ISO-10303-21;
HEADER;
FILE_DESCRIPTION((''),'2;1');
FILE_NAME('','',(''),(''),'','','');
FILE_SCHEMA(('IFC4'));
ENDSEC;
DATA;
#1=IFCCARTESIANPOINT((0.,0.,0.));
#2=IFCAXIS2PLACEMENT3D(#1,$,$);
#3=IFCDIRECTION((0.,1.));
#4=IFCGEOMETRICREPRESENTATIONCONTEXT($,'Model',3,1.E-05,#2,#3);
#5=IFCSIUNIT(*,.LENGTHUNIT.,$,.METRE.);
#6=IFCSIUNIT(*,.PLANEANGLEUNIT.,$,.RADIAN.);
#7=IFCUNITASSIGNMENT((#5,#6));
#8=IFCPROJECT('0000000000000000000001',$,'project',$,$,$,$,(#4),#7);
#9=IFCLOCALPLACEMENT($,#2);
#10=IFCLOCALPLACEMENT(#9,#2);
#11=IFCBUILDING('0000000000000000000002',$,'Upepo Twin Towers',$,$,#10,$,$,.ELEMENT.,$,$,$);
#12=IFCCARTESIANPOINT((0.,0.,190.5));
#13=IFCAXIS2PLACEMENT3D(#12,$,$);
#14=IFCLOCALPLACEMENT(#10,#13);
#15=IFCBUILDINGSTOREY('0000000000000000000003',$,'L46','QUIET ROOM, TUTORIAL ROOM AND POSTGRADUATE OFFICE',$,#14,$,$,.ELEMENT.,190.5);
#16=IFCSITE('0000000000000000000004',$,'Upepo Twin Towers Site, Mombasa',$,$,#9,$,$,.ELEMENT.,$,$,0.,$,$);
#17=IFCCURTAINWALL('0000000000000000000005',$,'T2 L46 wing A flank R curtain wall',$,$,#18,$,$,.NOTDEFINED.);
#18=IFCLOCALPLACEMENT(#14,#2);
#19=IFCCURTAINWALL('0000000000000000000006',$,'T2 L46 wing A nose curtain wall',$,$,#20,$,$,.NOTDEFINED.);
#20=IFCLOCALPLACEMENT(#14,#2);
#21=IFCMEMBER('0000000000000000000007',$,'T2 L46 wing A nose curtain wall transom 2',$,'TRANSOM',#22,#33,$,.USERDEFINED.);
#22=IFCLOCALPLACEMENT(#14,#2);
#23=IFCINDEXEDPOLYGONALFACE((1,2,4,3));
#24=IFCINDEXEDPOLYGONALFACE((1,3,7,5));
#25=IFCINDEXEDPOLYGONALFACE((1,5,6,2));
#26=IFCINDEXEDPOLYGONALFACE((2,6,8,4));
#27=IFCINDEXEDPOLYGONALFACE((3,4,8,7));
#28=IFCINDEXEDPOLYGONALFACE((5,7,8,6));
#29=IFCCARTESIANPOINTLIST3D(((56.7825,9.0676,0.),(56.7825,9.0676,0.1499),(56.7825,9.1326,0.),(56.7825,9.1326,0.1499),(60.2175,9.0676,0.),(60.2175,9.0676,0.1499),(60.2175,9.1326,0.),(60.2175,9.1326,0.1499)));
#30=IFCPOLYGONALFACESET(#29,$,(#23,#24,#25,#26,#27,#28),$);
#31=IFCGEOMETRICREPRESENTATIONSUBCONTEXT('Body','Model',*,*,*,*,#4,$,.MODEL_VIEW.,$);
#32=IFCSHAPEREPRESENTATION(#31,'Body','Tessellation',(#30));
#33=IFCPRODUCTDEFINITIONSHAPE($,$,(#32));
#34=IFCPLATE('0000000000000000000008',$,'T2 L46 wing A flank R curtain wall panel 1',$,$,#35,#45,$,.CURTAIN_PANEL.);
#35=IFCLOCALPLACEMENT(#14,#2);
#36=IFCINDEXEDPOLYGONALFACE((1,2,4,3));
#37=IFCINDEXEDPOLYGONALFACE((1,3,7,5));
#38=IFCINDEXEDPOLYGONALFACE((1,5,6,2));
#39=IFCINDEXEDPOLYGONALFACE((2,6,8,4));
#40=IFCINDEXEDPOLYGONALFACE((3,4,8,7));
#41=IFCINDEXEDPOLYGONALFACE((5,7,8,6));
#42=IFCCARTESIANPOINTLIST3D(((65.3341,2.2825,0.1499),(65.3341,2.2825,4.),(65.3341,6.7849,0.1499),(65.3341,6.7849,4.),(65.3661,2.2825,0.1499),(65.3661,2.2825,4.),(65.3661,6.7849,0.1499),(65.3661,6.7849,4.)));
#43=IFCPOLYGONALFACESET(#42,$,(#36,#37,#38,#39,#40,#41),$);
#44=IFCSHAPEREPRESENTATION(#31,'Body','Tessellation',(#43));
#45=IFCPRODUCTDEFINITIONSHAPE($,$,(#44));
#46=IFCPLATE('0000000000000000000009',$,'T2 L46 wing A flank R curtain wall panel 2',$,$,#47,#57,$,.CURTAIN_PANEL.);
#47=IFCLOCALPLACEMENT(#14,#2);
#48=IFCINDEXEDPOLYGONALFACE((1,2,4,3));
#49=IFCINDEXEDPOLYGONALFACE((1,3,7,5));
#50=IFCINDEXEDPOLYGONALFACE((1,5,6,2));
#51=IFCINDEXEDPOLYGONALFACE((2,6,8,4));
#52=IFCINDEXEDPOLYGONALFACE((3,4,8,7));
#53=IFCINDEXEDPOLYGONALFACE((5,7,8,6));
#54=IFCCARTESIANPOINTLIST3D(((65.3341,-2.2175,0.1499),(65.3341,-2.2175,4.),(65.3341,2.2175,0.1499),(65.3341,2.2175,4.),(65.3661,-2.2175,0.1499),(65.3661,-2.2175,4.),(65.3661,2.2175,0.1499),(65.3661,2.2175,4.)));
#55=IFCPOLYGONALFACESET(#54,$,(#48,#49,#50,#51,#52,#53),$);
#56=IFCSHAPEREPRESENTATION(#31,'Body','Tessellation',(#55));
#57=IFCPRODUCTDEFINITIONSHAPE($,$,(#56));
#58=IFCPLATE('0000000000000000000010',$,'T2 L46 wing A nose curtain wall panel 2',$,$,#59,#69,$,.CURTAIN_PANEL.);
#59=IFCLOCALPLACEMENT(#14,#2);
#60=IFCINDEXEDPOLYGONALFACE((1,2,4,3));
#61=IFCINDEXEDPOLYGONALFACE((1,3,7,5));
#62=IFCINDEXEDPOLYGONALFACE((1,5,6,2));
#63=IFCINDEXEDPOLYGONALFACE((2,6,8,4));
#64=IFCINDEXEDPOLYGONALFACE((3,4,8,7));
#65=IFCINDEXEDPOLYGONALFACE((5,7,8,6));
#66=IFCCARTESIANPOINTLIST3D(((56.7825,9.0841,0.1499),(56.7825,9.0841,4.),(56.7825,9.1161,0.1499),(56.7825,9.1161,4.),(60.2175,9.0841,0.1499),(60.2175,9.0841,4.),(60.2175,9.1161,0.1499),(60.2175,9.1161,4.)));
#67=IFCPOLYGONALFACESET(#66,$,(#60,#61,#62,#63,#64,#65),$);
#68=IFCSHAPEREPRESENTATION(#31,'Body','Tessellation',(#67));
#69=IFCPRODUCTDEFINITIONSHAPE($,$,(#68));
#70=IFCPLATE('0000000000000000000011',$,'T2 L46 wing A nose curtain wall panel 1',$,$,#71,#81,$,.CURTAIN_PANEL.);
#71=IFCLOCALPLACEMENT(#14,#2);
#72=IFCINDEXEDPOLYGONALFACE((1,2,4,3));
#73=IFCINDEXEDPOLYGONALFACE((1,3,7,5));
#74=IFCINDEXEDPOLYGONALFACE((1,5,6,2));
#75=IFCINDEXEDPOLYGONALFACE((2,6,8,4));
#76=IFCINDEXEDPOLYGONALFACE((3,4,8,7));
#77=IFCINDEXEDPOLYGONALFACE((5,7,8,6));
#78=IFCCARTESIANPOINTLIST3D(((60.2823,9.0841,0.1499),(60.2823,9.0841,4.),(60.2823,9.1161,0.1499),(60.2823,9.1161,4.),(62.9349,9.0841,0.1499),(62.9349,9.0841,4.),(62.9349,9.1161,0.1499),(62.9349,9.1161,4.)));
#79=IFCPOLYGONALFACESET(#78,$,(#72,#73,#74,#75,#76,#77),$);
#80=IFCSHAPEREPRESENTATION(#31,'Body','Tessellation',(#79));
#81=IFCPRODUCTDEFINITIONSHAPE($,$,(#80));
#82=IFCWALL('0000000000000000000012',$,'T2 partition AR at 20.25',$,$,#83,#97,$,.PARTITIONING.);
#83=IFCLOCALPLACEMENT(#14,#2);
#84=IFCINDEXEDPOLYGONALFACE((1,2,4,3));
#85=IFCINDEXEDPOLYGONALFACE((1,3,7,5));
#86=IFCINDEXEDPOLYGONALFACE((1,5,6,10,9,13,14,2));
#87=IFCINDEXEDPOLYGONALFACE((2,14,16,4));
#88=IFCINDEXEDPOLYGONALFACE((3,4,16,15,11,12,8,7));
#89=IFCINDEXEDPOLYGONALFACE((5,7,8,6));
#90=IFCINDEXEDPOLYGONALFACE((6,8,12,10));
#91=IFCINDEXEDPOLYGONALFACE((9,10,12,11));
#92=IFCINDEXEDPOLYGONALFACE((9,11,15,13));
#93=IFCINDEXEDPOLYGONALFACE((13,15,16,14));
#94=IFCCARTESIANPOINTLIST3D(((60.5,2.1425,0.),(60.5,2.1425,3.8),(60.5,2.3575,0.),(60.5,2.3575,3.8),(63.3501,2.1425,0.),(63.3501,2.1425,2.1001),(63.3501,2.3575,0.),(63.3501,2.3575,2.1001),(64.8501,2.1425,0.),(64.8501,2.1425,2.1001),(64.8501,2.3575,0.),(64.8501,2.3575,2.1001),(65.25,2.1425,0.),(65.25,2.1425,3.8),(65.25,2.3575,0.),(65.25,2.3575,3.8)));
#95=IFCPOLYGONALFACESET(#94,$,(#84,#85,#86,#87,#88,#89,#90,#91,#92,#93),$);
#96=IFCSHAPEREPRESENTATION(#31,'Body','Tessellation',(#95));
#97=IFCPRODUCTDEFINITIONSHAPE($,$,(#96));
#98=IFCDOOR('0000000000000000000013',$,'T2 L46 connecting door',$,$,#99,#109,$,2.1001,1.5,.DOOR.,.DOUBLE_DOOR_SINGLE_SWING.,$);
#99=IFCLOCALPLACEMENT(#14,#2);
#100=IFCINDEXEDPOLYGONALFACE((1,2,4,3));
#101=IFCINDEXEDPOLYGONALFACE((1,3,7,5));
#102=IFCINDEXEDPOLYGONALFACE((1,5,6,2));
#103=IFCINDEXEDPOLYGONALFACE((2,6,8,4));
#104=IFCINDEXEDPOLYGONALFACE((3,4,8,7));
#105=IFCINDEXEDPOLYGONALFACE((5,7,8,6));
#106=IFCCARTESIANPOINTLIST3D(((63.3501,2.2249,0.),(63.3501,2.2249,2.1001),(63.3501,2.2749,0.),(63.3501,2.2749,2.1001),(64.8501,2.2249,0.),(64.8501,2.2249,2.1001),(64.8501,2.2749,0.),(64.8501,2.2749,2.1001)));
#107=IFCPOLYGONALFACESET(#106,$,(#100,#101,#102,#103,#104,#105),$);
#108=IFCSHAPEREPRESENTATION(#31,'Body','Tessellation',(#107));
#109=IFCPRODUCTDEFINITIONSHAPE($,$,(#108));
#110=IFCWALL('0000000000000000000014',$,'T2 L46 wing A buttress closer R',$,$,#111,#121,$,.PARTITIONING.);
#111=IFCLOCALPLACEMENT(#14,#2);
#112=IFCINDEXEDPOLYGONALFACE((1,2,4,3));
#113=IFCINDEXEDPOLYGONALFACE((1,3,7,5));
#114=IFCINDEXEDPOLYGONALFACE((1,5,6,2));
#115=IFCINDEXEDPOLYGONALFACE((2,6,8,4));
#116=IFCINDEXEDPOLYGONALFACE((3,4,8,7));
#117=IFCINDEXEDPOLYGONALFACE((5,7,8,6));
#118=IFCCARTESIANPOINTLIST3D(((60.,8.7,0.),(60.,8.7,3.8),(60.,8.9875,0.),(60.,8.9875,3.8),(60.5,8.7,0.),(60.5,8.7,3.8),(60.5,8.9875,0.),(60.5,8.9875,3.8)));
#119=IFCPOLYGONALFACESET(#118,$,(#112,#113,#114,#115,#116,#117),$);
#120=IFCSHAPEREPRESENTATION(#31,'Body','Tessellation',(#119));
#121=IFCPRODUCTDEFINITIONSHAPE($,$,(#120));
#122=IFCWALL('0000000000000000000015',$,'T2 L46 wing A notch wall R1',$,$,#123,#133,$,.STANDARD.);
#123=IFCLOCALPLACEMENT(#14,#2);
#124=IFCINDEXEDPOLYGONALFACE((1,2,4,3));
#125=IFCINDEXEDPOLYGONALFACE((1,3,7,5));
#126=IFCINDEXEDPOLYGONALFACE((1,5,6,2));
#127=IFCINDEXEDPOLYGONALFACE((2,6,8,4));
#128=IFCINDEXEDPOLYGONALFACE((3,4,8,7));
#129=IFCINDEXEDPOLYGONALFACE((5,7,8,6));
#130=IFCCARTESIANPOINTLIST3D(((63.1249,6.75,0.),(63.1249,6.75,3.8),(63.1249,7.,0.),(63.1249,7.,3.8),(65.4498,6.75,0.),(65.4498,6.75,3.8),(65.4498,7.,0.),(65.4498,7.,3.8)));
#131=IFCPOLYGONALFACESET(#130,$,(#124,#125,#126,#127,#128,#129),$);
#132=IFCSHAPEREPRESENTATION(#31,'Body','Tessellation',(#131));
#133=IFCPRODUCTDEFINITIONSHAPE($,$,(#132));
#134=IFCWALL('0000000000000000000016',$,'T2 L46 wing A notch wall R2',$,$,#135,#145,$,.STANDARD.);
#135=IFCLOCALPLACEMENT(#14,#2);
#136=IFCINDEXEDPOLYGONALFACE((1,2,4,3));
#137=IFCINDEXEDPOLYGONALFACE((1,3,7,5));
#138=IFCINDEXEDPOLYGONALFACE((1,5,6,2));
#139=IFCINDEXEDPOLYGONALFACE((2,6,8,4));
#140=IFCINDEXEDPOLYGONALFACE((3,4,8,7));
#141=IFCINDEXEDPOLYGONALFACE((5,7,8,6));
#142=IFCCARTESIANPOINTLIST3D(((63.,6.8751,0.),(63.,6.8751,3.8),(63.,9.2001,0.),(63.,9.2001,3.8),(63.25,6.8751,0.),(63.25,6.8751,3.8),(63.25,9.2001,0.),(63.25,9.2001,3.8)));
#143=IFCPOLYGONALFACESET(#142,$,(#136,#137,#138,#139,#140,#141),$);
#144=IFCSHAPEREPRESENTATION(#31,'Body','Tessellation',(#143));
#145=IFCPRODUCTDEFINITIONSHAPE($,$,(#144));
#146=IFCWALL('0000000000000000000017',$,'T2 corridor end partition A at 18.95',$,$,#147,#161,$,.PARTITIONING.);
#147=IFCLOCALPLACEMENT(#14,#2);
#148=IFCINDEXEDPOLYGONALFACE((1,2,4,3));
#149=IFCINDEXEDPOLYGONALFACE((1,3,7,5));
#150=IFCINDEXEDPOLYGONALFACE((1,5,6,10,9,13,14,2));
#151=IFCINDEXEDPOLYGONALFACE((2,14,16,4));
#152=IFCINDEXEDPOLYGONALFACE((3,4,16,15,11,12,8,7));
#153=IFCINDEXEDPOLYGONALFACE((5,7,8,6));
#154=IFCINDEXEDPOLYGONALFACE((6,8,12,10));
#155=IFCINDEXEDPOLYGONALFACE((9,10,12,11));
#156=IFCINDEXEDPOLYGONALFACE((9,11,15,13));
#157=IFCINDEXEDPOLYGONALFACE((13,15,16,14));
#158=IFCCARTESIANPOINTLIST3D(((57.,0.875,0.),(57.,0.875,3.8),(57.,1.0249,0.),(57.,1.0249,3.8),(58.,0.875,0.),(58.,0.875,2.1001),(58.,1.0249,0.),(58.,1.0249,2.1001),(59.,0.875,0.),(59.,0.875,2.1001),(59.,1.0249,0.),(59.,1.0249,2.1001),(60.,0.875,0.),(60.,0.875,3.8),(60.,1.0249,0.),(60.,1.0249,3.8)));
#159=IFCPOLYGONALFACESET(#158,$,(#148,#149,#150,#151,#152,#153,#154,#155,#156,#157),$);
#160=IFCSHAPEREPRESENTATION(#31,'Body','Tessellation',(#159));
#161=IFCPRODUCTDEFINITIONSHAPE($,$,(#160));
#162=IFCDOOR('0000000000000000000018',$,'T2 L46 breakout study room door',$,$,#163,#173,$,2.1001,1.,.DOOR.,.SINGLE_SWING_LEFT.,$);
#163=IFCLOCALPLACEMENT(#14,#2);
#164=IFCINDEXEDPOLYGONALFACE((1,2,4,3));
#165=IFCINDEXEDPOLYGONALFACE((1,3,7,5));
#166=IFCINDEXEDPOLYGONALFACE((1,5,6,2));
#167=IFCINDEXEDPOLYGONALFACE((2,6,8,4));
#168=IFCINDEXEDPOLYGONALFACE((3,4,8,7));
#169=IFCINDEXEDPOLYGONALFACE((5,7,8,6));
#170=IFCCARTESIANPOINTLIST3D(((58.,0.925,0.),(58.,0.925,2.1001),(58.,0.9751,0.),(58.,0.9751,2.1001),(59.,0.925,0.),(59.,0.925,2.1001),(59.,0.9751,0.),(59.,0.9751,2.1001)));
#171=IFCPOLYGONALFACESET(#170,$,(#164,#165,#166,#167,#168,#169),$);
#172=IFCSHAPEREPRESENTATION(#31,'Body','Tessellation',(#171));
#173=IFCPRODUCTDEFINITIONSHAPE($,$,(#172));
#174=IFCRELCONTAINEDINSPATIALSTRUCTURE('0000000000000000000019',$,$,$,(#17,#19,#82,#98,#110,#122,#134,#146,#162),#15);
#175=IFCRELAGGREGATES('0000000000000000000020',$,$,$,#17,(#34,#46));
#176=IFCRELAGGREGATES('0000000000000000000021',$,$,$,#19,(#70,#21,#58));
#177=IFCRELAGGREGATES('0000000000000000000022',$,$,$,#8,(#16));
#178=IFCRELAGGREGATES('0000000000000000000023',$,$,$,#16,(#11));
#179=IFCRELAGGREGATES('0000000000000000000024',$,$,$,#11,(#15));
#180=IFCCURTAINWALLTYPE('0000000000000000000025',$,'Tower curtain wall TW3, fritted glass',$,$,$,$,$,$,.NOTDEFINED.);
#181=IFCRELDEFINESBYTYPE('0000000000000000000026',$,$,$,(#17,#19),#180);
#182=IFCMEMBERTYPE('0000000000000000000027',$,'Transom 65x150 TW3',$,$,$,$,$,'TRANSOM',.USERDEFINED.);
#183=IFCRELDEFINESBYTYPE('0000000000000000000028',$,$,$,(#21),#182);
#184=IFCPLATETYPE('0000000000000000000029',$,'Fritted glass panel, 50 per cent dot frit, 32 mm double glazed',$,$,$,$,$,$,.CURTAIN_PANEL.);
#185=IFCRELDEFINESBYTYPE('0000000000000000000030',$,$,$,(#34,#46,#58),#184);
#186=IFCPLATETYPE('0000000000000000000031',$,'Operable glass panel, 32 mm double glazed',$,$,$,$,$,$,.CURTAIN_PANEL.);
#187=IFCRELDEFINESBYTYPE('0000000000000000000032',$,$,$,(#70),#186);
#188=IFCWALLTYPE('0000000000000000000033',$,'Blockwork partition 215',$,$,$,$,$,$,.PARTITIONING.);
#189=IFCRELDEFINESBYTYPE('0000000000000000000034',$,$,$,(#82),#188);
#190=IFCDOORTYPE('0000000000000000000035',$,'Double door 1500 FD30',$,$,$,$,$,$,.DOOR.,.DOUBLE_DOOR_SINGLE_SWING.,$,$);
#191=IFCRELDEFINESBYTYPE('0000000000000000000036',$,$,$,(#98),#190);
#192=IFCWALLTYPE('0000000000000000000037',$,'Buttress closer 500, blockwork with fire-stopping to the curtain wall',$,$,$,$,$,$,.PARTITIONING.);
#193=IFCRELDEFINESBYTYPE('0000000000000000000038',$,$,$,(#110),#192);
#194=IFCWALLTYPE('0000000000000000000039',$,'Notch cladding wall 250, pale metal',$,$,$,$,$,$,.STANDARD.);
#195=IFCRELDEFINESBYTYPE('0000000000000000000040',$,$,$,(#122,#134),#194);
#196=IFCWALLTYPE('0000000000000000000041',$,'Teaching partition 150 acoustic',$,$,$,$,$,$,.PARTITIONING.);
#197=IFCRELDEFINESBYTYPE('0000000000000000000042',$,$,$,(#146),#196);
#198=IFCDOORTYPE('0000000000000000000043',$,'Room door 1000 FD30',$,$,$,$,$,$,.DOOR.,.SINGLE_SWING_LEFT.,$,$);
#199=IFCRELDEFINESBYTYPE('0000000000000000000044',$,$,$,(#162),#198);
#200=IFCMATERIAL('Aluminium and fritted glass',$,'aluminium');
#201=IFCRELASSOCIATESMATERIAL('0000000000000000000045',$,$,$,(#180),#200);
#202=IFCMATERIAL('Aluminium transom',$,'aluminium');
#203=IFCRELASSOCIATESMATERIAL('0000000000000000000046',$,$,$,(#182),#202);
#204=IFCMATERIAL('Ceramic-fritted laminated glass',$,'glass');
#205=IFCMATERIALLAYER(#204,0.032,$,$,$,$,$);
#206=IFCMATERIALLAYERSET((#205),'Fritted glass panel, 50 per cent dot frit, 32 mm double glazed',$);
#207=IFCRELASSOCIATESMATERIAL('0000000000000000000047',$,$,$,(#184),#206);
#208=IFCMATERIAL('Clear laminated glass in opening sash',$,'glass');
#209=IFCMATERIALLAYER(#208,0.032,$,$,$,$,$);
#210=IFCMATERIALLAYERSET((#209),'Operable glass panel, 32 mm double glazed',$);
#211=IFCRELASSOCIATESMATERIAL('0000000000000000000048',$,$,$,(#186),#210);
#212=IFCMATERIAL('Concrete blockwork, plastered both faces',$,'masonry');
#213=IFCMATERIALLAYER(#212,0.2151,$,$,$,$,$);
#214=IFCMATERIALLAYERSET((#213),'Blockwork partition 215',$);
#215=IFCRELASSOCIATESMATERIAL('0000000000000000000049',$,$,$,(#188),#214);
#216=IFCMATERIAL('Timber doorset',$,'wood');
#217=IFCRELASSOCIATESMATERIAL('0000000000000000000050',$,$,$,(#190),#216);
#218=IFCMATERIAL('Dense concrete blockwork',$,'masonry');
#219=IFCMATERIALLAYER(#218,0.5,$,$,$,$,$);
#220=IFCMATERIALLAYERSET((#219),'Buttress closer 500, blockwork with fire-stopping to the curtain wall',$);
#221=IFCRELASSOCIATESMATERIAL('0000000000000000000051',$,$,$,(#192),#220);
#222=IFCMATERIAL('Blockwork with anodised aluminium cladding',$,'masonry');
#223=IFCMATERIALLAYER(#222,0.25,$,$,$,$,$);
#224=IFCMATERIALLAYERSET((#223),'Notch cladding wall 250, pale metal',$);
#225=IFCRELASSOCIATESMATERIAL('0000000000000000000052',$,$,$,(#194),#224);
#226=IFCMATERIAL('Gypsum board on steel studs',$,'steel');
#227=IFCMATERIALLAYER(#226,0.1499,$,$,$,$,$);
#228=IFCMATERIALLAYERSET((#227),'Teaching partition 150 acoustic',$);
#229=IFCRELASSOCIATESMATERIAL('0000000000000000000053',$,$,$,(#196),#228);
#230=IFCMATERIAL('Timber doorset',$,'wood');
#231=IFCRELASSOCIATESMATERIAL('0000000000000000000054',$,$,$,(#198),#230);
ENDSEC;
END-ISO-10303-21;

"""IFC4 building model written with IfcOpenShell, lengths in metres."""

from ifc_helpers import new_model, si_unit, direction, frame, frame_2d, origin, origin_2d, place, context, subcontext, project, spatial, rectangle, extrude, material, layer, layer_set, material_profile, profile_set, type_object, element, fill, aggregate, save


model = new_model("IFC4")

# Units and contexts
model_context = context("Model", 3, precision=1e-05, world=origin(), true_north=direction((0.0, 1.0)))
body_context = subcontext(model_context, "Body", "Model", "MODEL_VIEW")
ifc_project = project(units=[si_unit("LENGTHUNIT", "METRE"), si_unit("PLANEANGLEUNIT", "RADIAN")], contexts=[model_context])

# Site, building, storey
site_placement = place(None, origin())
site = spatial("IfcSite", under=ifc_project, at=site_placement, Name="Upepo Twin Towers Site, Mombasa", CompositionType="ELEMENT", RefElevation=0.0)
building_placement = place(site_placement, origin())
building = spatial("IfcBuilding", under=site, at=building_placement, Name="Upepo Twin Towers", CompositionType="ELEMENT")
storey_placement = place(building_placement, frame((0.0, 0.0, 190.5)))
storey = spatial("IfcBuildingStorey", under=building, at=storey_placement, Name="L46", Description="QUIET ROOM, TUTORIAL ROOM AND POSTGRADUATE OFFICE", CompositionType="ELEMENT", Elevation=190.5)

# Curtain walls
ifc_material_1 = material(Name="Aluminium and fritted glass", Category="aluminium")
curtain_wall_type = type_object("IfcCurtainWallType", Name="Tower curtain wall TW3, fritted glass", PredefinedType="NOTDEFINED", material=ifc_material_1)
curtain_wall_1_placement = place(storey_placement, origin())
curtain_wall_1 = element("IfcCurtainWall", 1, at=curtain_wall_1_placement, inside=storey, type_object=curtain_wall_type, Name="T2 L46 wing A flank R curtain wall", PredefinedType="NOTDEFINED")
curtain_wall_2_placement = place(storey_placement, origin())
curtain_wall_2 = element("IfcCurtainWall", 2, at=curtain_wall_2_placement, inside=storey, type_object=curtain_wall_type, Name="T2 L46 wing A nose curtain wall", PredefinedType="NOTDEFINED")

# Member
ifc_material_2 = material(Name="Aluminium transom", Category="aluminium")
ifc_material_profile_1 = material_profile(ifc_material_2, rectangle(XDim=0.0649, YDim=0.1499, at=origin_2d()), Name="TRANSOM 65x150")
ifc_profile_set_1 = profile_set([ifc_material_profile_1], Name="Aluminium transom")
member_type_1 = type_object("IfcMemberType", Name="Transom 65x150 TW3", ElementType="TRANSOM", PredefinedType="USERDEFINED", material=ifc_profile_set_1)
member_1_placement = place(storey_placement, frame((60.2175, 9.1001, 0.075), z_axis=(-1.0, 0.0, 0.0), x_axis=(0.0, -1.0, 0.0)))
member_1 = element("IfcMember", 3, at=member_1_placement, type_object=member_type_1, Name="T2 L46 wing A nose curtain wall transom 2", ObjectType="TRANSOM", PredefinedType="USERDEFINED", context=body_context, shape_type="SweptSolid", body=[
    extrude(rectangle(XDim=0.0649, YDim=0.1499, at=origin_2d()), origin(), (0.0, 0.0, 1.0), 3.4351),
])

# Plates
ifc_material_3 = material(Name="Ceramic-fritted laminated glass", Category="glass")
ifc_layer_1 = layer(ifc_material_3, 0.032)
ifc_layer_set_1 = layer_set([ifc_layer_1], Name="Fritted glass panel, 50 per cent dot frit, 32 mm double glazed")
plate_type_1 = type_object("IfcPlateType", Name="Fritted glass panel, 50 per cent dot frit, 32 mm double glazed", PredefinedType="CURTAIN_PANEL", material=ifc_layer_set_1)
plate_1_placement = place(storey_placement, frame((65.3501, 4.5337, 0.1499), z_axis=(0.0, 0.0, 1.0), x_axis=(0.0, -1.0, 0.0)))
plate_1 = element("IfcPlate", 4, at=plate_1_placement, type_object=plate_type_1, Name="T2 L46 wing A flank R curtain wall panel 1", PredefinedType="CURTAIN_PANEL", context=body_context, shape_type="SweptSolid", body=[
    extrude(rectangle(XDim=4.5024, YDim=0.032, at=origin_2d()), origin(), (0.0, 0.0, 1.0), 3.8501),
])
plate_2_placement = place(storey_placement, frame((65.3501, 0.0, 0.1499), z_axis=(0.0, 0.0, 1.0), x_axis=(0.0, -1.0, 0.0)))
plate_2 = element("IfcPlate", 5, at=plate_2_placement, type_object=plate_type_1, Name="T2 L46 wing A flank R curtain wall panel 2", PredefinedType="CURTAIN_PANEL", context=body_context, shape_type="SweptSolid", body=[
    extrude(rectangle(XDim=4.4351, YDim=0.032, at=origin_2d()), origin(), (0.0, 0.0, 1.0), 3.8501),
])
aggregate(curtain_wall_1, [plate_1, plate_2])
plate_3_placement = place(storey_placement, frame((58.5, 9.1001, 0.1499), z_axis=(0.0, 0.0, 1.0), x_axis=(-1.0, 0.0, 0.0)))
plate_3 = element("IfcPlate", 6, at=plate_3_placement, type_object=plate_type_1, Name="T2 L46 wing A nose curtain wall panel 2", PredefinedType="CURTAIN_PANEL", context=body_context, shape_type="SweptSolid", body=[
    extrude(rectangle(XDim=3.4351, YDim=0.032, at=origin_2d()), origin(), (0.0, 0.0, 1.0), 3.8501),
])
ifc_material_4 = material(Name="Clear laminated glass in opening sash", Category="glass")
ifc_layer_2 = layer(ifc_material_4, 0.032)
ifc_layer_set_2 = layer_set([ifc_layer_2], Name="Operable glass panel, 32 mm double glazed")
plate_type_2 = type_object("IfcPlateType", Name="Operable glass panel, 32 mm double glazed", PredefinedType="CURTAIN_PANEL", material=ifc_layer_set_2)
plate_4_placement = place(storey_placement, frame((61.6086, 9.1001, 0.1499), z_axis=(0.0, 0.0, 1.0), x_axis=(-1.0, 0.0, 0.0)))
plate_4 = element("IfcPlate", 7, at=plate_4_placement, type_object=plate_type_2, Name="T2 L46 wing A nose curtain wall panel 1", PredefinedType="CURTAIN_PANEL", context=body_context, shape_type="SweptSolid", body=[
    extrude(rectangle(XDim=2.6526, YDim=0.032, at=origin_2d()), origin(), (0.0, 0.0, 1.0), 3.8501),
])
aggregate(curtain_wall_2, [plate_4, member_1, plate_3])

# Wall, opening, door
ifc_material_5 = material(Name="Concrete blockwork, plastered both faces", Category="masonry")
ifc_layer_3 = layer(ifc_material_5, 0.2151)
ifc_layer_set_3 = layer_set([ifc_layer_3], Name="Blockwork partition 215")
wall_type_1 = type_object("IfcWallType", Name="Blockwork partition 215", PredefinedType="PARTITIONING", material=ifc_layer_set_3)
wall_1_placement = place(storey_placement, frame((60.5, 2.25, 0.0), z_axis=(0.0, 0.0, 1.0), x_axis=(1.0, 0.0, 0.0)))
wall_1 = element("IfcWall", 8, at=wall_1_placement, inside=storey, type_object=wall_type_1, Name="T2 partition AR at 20.25", PredefinedType="PARTITIONING", context=body_context, shape_type="SweptSolid", body=[
    extrude(rectangle(XDim=4.75, YDim=0.2151, at=frame_2d((2.375, 0.0))), origin(), (0.0, 0.0, 1.0), 3.8),
])
opening_1_placement = place(wall_1_placement, frame((2.8501, 0.0, 0.0)))
opening_1 = element("IfcOpeningElement", 9, at=opening_1_placement, cuts=wall_1, PredefinedType="OPENING", context=body_context, shape_type="SweptSolid", body=[
    extrude(rectangle(XDim=1.5, YDim=2.1001, at=frame_2d((0.75, 1.05))), frame((0.0, 0.1174, 0.0), z_axis=(0.0, -1.0, 0.0), x_axis=(1.0, 0.0, 0.0)), (0.0, 0.0, 1.0), 0.2351),
])
ifc_material_6 = material(Name="Timber doorset", Category="wood")
door_type_1 = type_object("IfcDoorType", Name="Double door 1500 FD30", OperationType="DOUBLE_DOOR_SINGLE_SWING", PredefinedType="DOOR", material=ifc_material_6)
door_1_placement = place(opening_1_placement, origin())
door_1 = element("IfcDoor", 10, at=door_1_placement, inside=storey, type_object=door_type_1, Name="T2 L46 connecting door", OperationType="DOUBLE_DOOR_SINGLE_SWING", OverallHeight=2.1001, OverallWidth=1.5, PredefinedType="DOOR", context=body_context, shape_type="SweptSolid", body=[
    extrude(rectangle(XDim=1.5, YDim=2.1001, at=frame_2d((0.75, 1.05))), frame((0.0, 0.0249, 0.0), z_axis=(0.0, -1.0, 0.0), x_axis=(1.0, 0.0, 0.0)), (0.0, 0.0, 1.0), 0.05),
])
fill(opening_1, door_1)

# Walls
ifc_material_7 = material(Name="Dense concrete blockwork", Category="masonry")
ifc_layer_4 = layer(ifc_material_7, 0.5)
ifc_layer_set_4 = layer_set([ifc_layer_4], Name="Buttress closer 500, blockwork with fire-stopping to the curtain wall")
wall_type_2 = type_object("IfcWallType", Name="Buttress closer 500, blockwork with fire-stopping to the curtain wall", PredefinedType="PARTITIONING", material=ifc_layer_set_4)
wall_2_placement = place(storey_placement, frame((60.25, 8.7, 0.0), z_axis=(0.0, 0.0, 1.0), x_axis=(0.0, 1.0, 0.0)))
element("IfcWall", 11, at=wall_2_placement, inside=storey, type_object=wall_type_2, Name="T2 L46 wing A buttress closer R", PredefinedType="PARTITIONING", context=body_context, shape_type="SweptSolid", body=[
    extrude(rectangle(XDim=0.2876, YDim=0.5, at=frame_2d((0.1438, 0.0))), origin(), (0.0, 0.0, 1.0), 3.8),
])
ifc_material_8 = material(Name="Blockwork with anodised aluminium cladding", Category="masonry")
ifc_layer_5 = layer(ifc_material_8, 0.25)
ifc_layer_set_5 = layer_set([ifc_layer_5], Name="Notch cladding wall 250, pale metal")
wall_type_3 = type_object("IfcWallType", Name="Notch cladding wall 250, pale metal", PredefinedType="STANDARD", material=ifc_layer_set_5)
for number, where, z_axis, x_axis, name in (
    (12, (65.45, 6.875, 0.0), (0.0, 0.0, 1.0), (-1.0, 0.0, 0.0), "T2 L46 wing A notch wall R1"),
    (13, (63.125, 6.875, 0.0), (0.0, 0.0, 1.0), (0.0, 1.0, 0.0), "T2 L46 wing A notch wall R2"),
):
    element("IfcWall", number, at=place(storey_placement, frame(where, z_axis=z_axis, x_axis=x_axis)), inside=storey, type_object=wall_type_3, Name=name, PredefinedType="STANDARD", context=body_context, shape_type="SweptSolid", body=[
        extrude(rectangle(XDim=2.325, YDim=0.25, at=frame_2d((1.1626, 0.0))), origin(), (0.0, 0.0, 1.0), 3.8),
    ])

# Wall, opening, door
ifc_material_9 = material(Name="Gypsum board on steel studs", Category="steel")
ifc_layer_6 = layer(ifc_material_9, 0.1499)
ifc_layer_set_6 = layer_set([ifc_layer_6], Name="Teaching partition 150 acoustic")
wall_type_4 = type_object("IfcWallType", Name="Teaching partition 150 acoustic", PredefinedType="PARTITIONING", material=ifc_layer_set_6)
wall_3_placement = place(storey_placement, frame((60.0, 0.95, 0.0), z_axis=(0.0, 0.0, 1.0), x_axis=(-1.0, 0.0, 0.0)))
wall_3 = element("IfcWall", 14, at=wall_3_placement, inside=storey, type_object=wall_type_4, Name="T2 corridor end partition A at 18.95", PredefinedType="PARTITIONING", context=body_context, shape_type="SweptSolid", body=[
    extrude(rectangle(XDim=3.0, YDim=0.1499, at=frame_2d((1.5, 0.0))), origin(), (0.0, 0.0, 1.0), 3.8),
])
opening_2_placement = place(wall_3_placement, frame((1.0, 0.0, 0.0)))
opening_2 = element("IfcOpeningElement", 15, at=opening_2_placement, cuts=wall_3, PredefinedType="OPENING", context=body_context, shape_type="SweptSolid", body=[
    extrude(rectangle(XDim=1.0, YDim=2.1001, at=frame_2d((0.5, 1.05))), frame((0.0, 0.085, 0.0), z_axis=(0.0, -1.0, 0.0), x_axis=(1.0, 0.0, 0.0)), (0.0, 0.0, 1.0), 0.1699),
])
ifc_material_10 = material(Name="Timber doorset", Category="wood")
door_type_2 = type_object("IfcDoorType", Name="Room door 1000 FD30", OperationType="SINGLE_SWING_LEFT", PredefinedType="DOOR", material=ifc_material_10)
door_2_placement = place(opening_2_placement, origin())
door_2 = element("IfcDoor", 16, at=door_2_placement, inside=storey, type_object=door_type_2, Name="T2 L46 breakout study room door", OperationType="SINGLE_SWING_LEFT", OverallHeight=2.1001, OverallWidth=1.0, PredefinedType="DOOR", context=body_context, shape_type="SweptSolid", body=[
    extrude(rectangle(XDim=1.0, YDim=2.1001, at=frame_2d((0.5, 1.05))), frame((0.0, 0.0249, 0.0), z_axis=(0.0, -1.0, 0.0), x_axis=(1.0, 0.0, 0.0)), (0.0, 0.0, 1.0), 0.05),
])
fill(opening_2, door_2)

save(model, "model.ifc")
